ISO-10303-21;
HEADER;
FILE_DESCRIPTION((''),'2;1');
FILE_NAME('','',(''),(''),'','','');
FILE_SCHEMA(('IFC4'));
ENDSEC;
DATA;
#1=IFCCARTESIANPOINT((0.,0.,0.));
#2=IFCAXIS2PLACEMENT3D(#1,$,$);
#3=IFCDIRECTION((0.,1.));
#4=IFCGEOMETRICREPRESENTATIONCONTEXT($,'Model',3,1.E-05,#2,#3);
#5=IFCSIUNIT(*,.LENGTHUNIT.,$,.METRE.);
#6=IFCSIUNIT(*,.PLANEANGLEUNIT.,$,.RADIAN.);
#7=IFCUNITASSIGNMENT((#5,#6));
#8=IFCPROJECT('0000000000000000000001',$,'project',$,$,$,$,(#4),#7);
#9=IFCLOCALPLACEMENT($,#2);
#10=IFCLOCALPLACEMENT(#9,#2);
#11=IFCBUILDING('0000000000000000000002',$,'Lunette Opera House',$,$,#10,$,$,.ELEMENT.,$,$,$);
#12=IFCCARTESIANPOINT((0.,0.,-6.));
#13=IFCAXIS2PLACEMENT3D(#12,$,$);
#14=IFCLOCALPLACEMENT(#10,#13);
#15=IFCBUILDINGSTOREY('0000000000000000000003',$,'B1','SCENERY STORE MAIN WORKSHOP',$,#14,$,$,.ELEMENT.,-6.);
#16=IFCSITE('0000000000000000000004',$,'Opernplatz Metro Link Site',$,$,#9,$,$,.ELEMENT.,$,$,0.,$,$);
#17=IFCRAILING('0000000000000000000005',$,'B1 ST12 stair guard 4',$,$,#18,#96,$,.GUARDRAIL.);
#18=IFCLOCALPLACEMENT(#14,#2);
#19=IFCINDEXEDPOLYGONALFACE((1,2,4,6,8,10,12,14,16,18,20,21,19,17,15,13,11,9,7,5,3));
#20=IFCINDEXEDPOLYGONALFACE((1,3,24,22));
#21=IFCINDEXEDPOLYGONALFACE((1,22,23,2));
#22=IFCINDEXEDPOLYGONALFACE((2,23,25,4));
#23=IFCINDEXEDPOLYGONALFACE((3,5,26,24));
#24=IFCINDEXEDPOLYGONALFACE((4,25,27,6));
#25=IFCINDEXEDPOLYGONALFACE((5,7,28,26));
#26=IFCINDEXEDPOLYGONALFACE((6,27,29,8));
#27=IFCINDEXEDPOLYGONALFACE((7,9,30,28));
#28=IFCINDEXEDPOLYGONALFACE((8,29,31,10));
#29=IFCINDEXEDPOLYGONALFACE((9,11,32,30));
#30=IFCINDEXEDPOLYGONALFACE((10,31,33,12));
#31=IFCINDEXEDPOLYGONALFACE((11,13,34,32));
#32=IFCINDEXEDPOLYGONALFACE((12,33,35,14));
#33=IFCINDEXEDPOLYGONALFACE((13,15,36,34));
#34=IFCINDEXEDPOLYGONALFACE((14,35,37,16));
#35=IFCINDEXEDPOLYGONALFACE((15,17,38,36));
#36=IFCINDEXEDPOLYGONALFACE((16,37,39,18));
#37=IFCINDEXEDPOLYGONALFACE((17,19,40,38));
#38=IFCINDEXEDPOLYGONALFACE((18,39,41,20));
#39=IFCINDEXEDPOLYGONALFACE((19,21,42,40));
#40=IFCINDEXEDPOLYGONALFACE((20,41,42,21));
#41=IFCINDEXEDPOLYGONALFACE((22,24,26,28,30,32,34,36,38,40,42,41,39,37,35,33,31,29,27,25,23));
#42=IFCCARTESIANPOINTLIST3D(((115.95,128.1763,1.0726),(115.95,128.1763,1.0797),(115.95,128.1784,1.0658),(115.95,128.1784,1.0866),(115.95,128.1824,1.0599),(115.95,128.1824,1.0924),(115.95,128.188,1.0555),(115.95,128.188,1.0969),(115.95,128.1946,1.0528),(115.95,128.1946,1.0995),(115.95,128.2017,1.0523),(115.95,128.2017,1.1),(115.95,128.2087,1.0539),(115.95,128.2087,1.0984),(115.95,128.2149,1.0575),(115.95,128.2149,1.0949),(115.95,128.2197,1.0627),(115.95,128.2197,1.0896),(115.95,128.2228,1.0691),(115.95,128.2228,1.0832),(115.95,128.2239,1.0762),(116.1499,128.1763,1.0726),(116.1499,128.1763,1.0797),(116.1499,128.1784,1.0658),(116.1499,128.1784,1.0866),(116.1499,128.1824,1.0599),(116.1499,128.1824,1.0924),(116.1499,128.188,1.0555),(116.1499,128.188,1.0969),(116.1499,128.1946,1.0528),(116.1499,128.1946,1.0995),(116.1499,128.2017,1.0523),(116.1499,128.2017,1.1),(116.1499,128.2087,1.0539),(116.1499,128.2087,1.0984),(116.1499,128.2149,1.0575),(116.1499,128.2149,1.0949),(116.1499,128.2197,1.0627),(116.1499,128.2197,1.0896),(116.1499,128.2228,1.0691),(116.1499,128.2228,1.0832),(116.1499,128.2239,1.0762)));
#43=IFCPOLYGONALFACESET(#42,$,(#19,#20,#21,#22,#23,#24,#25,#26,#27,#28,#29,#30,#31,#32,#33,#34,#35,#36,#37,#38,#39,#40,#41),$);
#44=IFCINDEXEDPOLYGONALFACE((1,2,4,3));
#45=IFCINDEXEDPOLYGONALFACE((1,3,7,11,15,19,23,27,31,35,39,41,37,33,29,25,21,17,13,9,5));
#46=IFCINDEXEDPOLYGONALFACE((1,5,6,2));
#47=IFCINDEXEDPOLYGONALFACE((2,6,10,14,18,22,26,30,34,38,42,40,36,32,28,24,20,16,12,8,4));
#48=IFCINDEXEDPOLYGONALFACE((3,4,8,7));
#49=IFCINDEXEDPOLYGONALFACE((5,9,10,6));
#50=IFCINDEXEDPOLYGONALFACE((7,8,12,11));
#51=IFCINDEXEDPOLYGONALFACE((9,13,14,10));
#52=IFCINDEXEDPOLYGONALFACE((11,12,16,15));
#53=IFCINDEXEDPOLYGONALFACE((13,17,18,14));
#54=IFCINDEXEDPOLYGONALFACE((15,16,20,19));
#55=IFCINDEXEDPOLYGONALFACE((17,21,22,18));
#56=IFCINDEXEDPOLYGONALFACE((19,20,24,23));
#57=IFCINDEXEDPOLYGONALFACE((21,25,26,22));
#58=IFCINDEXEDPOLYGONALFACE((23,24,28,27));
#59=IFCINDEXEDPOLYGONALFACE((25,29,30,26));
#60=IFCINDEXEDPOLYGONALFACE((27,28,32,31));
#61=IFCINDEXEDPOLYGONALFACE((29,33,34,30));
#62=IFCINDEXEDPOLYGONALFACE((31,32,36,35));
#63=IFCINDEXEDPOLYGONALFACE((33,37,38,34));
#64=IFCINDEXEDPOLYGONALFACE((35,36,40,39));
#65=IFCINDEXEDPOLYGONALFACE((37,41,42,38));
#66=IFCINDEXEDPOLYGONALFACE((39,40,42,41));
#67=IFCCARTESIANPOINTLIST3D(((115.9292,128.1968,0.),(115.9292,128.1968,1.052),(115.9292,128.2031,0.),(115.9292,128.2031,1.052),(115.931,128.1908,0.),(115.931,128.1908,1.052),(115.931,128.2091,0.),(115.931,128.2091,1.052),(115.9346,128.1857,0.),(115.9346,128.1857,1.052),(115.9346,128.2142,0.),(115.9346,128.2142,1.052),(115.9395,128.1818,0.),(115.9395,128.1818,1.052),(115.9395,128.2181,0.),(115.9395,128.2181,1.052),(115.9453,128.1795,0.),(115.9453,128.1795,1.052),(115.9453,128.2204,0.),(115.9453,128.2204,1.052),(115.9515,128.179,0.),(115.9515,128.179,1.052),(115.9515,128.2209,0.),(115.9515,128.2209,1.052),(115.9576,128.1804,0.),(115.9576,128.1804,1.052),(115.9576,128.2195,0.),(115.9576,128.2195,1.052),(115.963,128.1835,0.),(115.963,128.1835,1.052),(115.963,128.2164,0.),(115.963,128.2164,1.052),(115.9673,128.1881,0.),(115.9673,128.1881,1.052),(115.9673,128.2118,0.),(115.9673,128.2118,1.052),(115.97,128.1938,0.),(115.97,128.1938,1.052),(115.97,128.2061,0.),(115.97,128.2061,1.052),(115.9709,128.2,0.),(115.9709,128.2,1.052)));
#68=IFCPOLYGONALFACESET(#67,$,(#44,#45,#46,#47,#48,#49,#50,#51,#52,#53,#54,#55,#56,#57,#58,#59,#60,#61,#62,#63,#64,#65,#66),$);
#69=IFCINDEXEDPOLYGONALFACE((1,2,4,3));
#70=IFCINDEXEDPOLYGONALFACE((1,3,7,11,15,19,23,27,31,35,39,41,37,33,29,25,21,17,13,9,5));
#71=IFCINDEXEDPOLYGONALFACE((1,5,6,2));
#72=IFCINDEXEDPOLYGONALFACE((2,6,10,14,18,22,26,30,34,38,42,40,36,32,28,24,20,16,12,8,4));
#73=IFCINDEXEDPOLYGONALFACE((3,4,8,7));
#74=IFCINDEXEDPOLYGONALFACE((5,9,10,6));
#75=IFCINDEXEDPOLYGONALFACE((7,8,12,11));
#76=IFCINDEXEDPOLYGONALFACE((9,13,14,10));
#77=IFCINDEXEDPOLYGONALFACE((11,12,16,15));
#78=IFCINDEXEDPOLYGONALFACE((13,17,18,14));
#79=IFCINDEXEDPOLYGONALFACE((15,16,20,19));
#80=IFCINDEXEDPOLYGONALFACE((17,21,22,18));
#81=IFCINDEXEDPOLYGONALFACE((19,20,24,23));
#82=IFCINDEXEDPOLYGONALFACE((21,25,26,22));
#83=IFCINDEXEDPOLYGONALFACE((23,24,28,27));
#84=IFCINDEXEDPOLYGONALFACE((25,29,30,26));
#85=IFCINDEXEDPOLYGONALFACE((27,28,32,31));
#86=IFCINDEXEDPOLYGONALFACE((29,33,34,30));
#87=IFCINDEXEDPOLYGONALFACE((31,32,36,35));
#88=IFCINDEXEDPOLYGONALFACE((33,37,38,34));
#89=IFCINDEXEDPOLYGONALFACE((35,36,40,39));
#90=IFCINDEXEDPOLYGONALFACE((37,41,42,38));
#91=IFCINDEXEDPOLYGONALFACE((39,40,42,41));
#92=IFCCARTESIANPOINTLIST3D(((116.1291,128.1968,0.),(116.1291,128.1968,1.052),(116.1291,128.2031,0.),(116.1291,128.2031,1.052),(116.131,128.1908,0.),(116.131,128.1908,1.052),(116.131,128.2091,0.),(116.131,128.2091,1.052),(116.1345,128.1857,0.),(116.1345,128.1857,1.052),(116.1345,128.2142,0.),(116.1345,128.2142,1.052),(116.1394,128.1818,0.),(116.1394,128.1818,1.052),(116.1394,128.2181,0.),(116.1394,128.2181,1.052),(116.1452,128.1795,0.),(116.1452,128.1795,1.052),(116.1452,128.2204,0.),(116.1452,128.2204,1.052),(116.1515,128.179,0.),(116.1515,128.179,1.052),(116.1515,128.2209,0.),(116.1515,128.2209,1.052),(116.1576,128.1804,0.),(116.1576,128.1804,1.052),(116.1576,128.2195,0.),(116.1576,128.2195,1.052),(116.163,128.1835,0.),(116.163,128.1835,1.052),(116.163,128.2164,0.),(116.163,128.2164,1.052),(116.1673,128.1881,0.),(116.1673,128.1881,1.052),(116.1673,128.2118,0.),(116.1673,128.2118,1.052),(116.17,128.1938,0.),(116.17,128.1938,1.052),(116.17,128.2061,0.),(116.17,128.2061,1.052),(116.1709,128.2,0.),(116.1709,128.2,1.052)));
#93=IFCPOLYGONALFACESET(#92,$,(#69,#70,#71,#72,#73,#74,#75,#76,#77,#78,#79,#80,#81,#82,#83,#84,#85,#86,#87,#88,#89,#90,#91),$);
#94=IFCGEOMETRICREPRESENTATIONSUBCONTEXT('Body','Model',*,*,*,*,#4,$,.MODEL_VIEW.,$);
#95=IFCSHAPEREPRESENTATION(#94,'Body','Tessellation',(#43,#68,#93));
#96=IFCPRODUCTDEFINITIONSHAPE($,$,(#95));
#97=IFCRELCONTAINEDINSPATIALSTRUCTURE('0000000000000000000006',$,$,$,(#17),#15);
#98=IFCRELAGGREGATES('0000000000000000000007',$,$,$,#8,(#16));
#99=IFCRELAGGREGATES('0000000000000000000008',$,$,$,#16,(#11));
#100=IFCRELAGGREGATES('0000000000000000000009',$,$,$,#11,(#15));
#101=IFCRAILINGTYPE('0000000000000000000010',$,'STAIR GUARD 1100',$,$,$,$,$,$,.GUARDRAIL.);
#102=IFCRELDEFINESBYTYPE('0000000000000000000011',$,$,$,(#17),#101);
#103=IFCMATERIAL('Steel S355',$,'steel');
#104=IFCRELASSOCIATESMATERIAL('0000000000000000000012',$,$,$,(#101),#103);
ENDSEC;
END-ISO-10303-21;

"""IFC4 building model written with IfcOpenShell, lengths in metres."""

from ifc_helpers import new_model, si_unit, direction, frame, origin, origin_2d, place, context, subcontext, project, spatial, circle, extrude, material, type_object, element, save


model = new_model("IFC4")

# Units and contexts
model_context = context("Model", 3, precision=1e-05, world=origin(), true_north=direction((0.0, 1.0)))
body_context = subcontext(model_context, "Body", "Model", "MODEL_VIEW")
ifc_project = project(units=[si_unit("LENGTHUNIT", "METRE"), si_unit("PLANEANGLEUNIT", "RADIAN")], contexts=[model_context])

# Site, building, storey
site_placement = place(None, origin())
site = spatial("IfcSite", under=ifc_project, at=site_placement, Name="Opernplatz Metro Link Site", CompositionType="ELEMENT", RefElevation=0.0)
building_placement = place(site_placement, origin())
building = spatial("IfcBuilding", under=site, at=building_placement, Name="Lunette Opera House", CompositionType="ELEMENT")
storey_placement = place(building_placement, frame((0.0, 0.0, -6.0)))
storey = spatial("IfcBuildingStorey", under=building, at=storey_placement, Name="B1", Description="SCENERY STORE MAIN WORKSHOP", CompositionType="ELEMENT", Elevation=-6.0)

# Railing
ifc_material_1 = material(Name="Steel S355", Category="steel")
railing_type_1 = type_object("IfcRailingType", Name="STAIR GUARD 1100", PredefinedType="GUARDRAIL", material=ifc_material_1)
railing_1_placement = place(storey_placement, frame((115.95, 128.2, 0.0)))
element("IfcRailing", 1, at=railing_1_placement, inside=storey, type_object=railing_type_1, Name="B1 ST12 stair guard 4", PredefinedType="GUARDRAIL", context=body_context, shape_type="SweptSolid", body=[
    extrude(circle(Radius=0.0239, at=origin_2d()), frame((0.0, 0.0, 1.0762), z_axis=(1.0, 0.0, 0.0), x_axis=(0.0, 1.0, 0.0)), (0.0, 0.0, 1.0), 0.2),
    extrude(circle(Radius=0.021, at=origin_2d()), origin(), (0.0, 0.0, 1.0), 1.052),
    extrude(circle(Radius=0.021, at=origin_2d()), frame((0.2, 0.0, 0.0)), (0.0, 0.0, 1.0), 1.052),
])

save(model, "model.ifc")
